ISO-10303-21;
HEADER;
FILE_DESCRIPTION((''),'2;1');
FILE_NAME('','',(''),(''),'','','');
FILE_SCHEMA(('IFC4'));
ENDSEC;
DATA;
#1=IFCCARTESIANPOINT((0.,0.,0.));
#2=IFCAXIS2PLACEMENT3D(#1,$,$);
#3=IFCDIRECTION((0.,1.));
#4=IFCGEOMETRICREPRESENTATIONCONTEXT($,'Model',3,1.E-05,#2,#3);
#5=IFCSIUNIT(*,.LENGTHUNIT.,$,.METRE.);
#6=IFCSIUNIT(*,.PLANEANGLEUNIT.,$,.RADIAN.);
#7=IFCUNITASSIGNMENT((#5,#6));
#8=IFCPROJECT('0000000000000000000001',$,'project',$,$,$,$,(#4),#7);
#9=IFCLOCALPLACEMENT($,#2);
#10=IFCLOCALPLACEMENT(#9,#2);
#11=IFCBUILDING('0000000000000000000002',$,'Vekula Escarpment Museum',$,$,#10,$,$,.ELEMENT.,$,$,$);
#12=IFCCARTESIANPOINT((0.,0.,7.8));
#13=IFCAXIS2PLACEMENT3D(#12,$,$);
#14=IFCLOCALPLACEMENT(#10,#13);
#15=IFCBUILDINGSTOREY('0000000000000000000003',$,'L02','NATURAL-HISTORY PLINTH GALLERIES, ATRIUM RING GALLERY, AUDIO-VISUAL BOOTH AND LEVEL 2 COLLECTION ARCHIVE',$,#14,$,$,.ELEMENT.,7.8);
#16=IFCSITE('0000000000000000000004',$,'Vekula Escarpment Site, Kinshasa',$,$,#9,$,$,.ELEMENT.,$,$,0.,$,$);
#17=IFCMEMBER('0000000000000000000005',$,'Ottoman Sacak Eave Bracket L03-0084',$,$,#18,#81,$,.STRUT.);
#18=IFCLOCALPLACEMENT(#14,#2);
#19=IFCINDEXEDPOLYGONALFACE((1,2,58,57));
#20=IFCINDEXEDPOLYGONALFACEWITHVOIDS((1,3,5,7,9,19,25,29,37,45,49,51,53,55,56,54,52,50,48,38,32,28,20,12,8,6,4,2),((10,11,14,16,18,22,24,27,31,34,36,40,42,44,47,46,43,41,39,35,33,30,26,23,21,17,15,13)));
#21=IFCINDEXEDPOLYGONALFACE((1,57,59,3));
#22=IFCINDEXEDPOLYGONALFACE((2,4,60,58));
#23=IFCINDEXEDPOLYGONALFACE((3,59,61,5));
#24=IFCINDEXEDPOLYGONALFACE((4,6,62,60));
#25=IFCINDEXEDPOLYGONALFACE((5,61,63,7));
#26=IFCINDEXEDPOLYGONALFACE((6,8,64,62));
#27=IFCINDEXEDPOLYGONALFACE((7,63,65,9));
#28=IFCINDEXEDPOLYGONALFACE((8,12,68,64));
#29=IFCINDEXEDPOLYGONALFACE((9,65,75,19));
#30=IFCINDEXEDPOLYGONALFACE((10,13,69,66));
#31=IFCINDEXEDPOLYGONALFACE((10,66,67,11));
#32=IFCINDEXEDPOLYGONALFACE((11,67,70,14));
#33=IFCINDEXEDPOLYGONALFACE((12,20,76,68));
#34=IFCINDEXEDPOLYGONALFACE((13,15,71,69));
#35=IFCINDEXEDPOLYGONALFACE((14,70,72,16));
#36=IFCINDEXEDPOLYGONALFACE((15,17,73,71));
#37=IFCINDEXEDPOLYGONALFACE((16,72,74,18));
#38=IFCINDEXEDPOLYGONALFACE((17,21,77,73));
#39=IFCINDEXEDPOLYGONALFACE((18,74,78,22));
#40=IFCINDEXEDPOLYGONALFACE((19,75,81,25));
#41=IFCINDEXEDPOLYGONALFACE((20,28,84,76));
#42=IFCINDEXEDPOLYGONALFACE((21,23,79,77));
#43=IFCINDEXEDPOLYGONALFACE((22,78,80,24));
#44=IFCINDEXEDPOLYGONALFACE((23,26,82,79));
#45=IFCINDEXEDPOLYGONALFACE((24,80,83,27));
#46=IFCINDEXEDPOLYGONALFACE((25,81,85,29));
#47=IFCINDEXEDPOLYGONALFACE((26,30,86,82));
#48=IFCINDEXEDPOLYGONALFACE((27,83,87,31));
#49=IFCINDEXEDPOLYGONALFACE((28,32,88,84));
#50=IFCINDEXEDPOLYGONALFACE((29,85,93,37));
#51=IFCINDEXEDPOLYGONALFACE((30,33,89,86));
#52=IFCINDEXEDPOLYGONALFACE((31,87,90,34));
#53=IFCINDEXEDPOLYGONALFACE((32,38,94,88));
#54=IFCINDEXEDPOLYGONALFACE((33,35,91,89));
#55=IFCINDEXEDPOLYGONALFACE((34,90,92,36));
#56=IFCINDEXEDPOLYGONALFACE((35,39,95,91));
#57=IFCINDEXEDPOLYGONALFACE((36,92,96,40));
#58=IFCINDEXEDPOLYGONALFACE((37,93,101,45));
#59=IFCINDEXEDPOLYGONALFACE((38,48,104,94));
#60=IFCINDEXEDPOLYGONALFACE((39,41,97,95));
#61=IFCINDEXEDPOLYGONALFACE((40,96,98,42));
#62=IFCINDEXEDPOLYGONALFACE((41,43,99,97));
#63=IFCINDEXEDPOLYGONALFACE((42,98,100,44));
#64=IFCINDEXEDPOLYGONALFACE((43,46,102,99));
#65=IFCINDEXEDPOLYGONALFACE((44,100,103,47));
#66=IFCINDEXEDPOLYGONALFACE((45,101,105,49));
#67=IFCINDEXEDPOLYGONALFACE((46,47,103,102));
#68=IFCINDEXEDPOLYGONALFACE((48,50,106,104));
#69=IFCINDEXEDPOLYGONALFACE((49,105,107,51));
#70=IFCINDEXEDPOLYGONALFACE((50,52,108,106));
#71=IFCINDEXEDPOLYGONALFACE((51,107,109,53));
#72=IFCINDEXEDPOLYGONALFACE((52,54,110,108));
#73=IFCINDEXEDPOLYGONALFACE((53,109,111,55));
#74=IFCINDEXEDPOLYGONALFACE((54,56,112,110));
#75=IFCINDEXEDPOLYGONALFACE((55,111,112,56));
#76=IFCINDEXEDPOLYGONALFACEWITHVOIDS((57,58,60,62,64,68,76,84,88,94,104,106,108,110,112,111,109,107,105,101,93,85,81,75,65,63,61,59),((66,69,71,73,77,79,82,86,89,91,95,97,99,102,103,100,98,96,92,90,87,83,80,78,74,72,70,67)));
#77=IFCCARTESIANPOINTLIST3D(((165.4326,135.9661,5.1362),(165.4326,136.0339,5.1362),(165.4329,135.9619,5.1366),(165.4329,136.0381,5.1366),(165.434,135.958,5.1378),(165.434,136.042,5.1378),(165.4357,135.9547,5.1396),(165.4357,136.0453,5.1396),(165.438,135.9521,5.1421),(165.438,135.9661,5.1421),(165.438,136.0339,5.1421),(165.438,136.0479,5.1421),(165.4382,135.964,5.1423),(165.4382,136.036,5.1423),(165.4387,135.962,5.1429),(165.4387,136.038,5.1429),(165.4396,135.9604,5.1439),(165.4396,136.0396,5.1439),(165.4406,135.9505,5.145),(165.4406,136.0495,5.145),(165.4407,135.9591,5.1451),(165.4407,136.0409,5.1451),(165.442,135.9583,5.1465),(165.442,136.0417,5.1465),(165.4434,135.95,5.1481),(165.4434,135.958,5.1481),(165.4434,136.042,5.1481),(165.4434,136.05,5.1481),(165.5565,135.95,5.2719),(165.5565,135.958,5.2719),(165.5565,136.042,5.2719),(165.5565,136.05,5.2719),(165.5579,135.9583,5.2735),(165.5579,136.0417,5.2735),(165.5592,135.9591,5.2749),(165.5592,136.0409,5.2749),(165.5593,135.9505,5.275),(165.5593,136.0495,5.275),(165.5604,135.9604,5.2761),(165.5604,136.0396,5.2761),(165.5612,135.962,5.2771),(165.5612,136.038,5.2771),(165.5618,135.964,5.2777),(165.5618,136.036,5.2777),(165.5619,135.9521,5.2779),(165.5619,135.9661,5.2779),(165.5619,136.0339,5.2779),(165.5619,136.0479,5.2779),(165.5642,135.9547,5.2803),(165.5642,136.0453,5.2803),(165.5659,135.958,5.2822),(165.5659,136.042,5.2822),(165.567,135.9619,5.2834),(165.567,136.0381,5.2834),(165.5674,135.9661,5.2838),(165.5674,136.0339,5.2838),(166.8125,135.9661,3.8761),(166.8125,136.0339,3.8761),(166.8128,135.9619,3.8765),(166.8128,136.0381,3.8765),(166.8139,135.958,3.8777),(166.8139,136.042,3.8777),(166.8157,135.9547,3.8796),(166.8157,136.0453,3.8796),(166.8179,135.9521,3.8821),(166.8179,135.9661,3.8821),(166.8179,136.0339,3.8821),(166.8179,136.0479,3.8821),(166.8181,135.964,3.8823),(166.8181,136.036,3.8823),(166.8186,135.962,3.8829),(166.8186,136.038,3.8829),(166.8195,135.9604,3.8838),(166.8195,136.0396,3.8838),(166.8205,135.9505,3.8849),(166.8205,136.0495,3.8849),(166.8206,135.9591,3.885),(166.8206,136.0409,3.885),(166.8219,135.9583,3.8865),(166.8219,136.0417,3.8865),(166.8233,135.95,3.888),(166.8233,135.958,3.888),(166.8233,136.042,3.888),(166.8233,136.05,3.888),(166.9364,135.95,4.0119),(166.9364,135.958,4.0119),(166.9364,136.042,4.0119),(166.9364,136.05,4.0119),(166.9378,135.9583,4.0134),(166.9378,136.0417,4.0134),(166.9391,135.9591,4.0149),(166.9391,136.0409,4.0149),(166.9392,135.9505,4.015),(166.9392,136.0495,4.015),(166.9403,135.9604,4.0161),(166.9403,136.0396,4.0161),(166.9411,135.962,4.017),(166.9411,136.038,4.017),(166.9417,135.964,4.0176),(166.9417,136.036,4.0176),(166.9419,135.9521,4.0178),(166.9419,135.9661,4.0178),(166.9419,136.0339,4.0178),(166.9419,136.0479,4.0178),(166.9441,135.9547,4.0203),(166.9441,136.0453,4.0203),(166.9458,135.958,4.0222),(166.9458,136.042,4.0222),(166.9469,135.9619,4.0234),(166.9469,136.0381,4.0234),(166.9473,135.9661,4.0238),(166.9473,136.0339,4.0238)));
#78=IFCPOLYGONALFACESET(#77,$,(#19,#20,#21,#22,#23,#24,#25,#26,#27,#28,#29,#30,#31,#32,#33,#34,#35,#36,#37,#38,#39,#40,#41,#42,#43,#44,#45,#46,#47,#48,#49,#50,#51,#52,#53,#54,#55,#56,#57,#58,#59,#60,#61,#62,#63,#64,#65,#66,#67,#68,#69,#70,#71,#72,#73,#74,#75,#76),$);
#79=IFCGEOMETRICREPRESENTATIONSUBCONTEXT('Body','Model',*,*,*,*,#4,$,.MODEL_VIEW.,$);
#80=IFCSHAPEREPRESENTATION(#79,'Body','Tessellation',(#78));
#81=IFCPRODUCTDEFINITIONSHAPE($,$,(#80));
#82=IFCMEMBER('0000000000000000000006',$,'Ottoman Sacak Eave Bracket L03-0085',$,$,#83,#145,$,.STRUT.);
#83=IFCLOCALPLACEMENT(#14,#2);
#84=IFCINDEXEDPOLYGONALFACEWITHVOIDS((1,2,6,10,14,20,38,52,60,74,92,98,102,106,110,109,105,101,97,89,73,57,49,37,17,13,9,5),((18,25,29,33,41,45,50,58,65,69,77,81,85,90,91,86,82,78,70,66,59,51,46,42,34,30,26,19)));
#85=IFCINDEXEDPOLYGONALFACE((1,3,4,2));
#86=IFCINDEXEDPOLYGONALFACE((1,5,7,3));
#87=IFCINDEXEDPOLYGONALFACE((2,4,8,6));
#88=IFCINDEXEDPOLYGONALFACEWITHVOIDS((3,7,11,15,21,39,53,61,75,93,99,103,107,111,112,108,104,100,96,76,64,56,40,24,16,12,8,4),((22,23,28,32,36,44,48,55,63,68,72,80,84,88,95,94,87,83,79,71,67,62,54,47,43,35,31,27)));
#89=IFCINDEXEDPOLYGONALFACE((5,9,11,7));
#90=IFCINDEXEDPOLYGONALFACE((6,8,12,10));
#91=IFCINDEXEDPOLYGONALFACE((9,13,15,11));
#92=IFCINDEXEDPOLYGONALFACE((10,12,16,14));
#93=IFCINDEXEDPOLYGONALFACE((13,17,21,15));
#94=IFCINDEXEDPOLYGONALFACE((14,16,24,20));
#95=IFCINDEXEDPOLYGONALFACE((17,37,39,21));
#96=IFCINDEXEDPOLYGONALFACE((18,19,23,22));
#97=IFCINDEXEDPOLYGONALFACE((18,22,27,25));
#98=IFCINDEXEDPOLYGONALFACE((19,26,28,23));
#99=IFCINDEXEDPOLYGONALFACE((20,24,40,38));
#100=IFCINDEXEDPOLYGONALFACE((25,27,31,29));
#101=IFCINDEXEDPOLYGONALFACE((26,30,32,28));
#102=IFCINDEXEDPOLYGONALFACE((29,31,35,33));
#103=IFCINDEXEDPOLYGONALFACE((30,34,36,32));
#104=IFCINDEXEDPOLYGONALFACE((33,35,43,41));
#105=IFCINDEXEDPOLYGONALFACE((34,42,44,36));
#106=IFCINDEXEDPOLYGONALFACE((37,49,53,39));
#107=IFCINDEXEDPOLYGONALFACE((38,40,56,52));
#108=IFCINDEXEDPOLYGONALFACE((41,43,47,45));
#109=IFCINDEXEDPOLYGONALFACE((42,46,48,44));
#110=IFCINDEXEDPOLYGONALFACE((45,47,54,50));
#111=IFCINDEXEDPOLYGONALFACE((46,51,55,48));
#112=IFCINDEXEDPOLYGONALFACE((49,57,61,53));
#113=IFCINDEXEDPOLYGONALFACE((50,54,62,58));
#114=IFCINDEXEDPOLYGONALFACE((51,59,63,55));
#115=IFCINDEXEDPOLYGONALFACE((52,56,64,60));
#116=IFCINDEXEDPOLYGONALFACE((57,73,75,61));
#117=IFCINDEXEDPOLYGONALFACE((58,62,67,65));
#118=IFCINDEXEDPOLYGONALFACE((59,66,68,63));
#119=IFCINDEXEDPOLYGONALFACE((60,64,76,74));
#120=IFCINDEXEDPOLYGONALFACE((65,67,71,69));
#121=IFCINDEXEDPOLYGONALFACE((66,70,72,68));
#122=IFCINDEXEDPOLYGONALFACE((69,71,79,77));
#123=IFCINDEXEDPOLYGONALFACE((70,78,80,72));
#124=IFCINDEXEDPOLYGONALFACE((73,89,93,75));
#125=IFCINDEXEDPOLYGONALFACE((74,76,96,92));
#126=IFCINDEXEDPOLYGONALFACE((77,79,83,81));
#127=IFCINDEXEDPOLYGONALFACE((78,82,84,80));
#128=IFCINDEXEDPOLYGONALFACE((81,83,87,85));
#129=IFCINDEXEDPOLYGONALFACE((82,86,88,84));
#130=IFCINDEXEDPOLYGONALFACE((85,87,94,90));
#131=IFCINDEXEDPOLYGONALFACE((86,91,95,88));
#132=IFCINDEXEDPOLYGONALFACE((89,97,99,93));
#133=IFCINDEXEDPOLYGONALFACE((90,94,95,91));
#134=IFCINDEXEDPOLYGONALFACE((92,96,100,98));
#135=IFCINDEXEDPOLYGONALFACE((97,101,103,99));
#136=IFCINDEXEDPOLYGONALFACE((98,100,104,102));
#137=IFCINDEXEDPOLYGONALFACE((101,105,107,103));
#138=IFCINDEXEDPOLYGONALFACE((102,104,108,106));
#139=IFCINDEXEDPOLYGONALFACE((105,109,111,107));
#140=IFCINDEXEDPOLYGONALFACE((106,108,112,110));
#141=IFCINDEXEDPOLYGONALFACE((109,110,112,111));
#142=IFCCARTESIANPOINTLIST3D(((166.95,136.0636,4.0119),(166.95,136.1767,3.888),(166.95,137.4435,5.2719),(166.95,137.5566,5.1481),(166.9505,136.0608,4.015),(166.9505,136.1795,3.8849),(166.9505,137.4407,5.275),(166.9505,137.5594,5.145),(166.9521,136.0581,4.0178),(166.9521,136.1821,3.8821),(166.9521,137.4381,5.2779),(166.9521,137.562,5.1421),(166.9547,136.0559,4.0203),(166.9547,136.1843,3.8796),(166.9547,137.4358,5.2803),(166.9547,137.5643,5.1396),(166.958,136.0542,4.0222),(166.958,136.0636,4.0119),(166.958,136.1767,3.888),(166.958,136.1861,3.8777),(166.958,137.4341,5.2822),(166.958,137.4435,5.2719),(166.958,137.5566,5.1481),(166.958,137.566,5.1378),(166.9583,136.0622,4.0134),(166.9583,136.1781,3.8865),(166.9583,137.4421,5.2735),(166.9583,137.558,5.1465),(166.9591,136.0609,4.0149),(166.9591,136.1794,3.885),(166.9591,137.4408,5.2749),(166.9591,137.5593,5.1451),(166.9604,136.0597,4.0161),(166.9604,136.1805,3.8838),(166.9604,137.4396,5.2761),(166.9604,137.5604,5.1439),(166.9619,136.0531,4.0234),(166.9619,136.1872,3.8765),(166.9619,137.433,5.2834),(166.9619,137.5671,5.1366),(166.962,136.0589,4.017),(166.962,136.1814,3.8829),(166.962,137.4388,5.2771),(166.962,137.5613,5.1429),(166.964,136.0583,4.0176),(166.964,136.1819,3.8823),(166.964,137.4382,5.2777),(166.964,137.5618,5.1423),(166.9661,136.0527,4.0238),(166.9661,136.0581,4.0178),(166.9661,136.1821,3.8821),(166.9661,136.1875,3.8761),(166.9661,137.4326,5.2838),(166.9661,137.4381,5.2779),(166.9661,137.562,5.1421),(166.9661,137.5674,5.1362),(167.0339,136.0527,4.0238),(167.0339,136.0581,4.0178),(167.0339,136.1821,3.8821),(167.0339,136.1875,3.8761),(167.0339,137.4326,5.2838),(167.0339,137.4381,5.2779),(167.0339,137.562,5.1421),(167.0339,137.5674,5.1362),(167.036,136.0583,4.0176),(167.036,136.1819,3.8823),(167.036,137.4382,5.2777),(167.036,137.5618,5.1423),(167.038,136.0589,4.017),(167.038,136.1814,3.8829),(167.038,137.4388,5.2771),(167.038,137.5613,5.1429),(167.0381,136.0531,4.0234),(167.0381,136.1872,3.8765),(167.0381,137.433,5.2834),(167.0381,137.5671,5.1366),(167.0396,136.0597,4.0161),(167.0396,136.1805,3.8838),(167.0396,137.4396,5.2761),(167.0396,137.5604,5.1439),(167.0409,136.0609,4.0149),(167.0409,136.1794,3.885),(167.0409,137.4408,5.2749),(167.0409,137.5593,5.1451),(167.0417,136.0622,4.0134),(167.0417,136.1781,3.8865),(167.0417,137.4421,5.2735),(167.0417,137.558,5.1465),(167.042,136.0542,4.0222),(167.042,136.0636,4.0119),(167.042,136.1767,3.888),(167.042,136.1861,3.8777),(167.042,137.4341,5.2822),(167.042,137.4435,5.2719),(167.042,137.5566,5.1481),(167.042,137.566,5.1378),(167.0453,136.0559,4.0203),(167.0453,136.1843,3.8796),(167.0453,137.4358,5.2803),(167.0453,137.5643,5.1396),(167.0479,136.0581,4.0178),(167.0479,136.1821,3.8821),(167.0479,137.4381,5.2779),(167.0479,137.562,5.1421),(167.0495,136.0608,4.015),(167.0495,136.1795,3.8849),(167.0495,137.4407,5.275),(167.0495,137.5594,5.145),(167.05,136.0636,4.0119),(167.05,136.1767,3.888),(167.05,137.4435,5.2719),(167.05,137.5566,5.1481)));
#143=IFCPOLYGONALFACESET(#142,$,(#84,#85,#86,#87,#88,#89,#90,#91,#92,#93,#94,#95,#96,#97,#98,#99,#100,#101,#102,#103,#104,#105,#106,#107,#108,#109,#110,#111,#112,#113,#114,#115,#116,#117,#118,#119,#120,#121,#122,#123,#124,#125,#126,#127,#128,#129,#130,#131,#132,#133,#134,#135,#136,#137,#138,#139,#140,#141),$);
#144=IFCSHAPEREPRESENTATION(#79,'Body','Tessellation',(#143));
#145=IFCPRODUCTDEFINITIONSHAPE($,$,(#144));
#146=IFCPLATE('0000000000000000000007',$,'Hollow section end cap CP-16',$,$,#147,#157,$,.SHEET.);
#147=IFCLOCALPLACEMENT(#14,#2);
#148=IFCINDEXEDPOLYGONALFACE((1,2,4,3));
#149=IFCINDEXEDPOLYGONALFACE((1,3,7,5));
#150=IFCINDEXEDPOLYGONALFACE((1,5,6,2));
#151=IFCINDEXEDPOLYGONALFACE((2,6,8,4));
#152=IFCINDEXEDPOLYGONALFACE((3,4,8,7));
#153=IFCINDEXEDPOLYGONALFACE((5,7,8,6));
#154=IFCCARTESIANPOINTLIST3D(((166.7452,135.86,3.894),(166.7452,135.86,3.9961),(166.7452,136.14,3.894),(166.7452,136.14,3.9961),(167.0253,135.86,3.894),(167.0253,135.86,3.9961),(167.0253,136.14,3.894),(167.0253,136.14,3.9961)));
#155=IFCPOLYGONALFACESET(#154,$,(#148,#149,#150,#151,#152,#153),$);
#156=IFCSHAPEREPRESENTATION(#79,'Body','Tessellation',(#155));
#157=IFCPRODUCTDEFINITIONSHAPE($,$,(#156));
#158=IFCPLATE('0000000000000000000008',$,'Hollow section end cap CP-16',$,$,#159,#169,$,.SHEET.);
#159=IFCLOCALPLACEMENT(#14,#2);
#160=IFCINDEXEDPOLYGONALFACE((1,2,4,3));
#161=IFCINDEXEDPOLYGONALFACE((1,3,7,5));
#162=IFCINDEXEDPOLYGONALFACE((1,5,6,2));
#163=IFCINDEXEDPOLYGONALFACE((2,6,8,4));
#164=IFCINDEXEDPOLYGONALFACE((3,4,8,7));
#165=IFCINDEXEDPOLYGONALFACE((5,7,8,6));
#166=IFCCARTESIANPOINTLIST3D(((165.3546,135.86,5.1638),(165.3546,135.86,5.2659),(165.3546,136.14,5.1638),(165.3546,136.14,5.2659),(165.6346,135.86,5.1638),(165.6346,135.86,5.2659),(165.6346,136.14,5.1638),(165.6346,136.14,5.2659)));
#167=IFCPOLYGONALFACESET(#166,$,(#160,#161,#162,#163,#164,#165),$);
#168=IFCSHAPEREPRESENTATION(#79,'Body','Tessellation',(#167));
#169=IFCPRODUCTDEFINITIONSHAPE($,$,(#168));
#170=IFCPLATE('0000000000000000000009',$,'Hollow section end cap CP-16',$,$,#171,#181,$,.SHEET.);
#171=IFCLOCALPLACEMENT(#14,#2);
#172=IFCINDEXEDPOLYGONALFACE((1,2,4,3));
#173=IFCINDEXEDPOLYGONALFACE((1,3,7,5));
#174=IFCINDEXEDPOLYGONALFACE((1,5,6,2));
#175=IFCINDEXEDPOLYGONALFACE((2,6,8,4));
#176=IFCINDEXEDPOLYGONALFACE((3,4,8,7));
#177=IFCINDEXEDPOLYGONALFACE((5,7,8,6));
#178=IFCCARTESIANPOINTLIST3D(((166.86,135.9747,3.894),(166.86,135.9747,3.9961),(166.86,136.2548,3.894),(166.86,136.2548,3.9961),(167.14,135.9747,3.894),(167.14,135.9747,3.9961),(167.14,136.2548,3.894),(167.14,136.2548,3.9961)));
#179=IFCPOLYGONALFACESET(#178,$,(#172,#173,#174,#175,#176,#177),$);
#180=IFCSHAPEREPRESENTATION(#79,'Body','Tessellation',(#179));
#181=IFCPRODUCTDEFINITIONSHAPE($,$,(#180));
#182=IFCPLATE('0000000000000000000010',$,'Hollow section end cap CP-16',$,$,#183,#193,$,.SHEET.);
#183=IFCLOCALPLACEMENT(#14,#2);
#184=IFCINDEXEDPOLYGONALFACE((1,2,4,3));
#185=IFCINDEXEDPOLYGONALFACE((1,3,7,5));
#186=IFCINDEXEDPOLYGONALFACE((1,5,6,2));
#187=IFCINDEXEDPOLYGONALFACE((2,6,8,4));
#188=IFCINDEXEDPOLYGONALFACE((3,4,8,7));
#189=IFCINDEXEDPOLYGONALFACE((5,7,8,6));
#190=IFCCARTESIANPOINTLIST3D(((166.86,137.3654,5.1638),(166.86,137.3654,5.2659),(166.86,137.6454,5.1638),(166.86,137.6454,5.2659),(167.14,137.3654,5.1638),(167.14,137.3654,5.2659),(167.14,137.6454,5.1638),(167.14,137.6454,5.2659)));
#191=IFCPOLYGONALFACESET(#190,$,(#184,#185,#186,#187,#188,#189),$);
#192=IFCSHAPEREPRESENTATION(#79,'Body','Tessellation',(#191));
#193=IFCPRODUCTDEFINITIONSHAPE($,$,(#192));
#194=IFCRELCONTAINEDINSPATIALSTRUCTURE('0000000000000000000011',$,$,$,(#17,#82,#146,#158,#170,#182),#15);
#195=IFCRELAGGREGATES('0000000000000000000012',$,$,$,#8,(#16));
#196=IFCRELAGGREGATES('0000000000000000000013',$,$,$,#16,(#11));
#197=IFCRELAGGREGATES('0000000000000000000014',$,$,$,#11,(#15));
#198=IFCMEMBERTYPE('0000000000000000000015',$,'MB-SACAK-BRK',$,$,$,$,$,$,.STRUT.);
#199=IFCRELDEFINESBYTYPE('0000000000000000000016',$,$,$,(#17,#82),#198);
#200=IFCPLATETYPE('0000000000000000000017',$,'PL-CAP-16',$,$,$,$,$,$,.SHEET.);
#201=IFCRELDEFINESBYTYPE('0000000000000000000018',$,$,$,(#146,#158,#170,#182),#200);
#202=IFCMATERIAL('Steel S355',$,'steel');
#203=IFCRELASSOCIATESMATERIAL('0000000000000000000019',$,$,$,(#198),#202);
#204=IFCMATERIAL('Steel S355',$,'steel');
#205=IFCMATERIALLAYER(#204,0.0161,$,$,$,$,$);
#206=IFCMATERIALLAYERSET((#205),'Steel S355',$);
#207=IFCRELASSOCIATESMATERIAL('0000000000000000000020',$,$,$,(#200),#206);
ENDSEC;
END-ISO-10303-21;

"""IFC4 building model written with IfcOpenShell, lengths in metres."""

from ifc_helpers import new_model, si_unit, direction, frame, origin, origin_2d, place, context, subcontext, project, spatial, rectangle, hollow_rectangle, extrude, material, layer, layer_set, material_profile, profile_set, type_object, element, save


model = new_model("IFC4")

# Units and contexts
model_context = context("Model", 3, precision=1e-05, world=origin(), true_north=direction((0.0, 1.0)))
body_context = subcontext(model_context, "Body", "Model", "MODEL_VIEW")
ifc_project = project(units=[si_unit("LENGTHUNIT", "METRE"), si_unit("PLANEANGLEUNIT", "RADIAN")], contexts=[model_context])

# Site, building, storey
site_placement = place(None, origin())
site = spatial("IfcSite", under=ifc_project, at=site_placement, Name="Vekula Escarpment Site, Kinshasa", CompositionType="ELEMENT", RefElevation=0.0)
building_placement = place(site_placement, origin())
building = spatial("IfcBuilding", under=site, at=building_placement, Name="Vekula Escarpment Museum", CompositionType="ELEMENT")
storey_placement = place(building_placement, frame((0.0, 0.0, 7.8)))
storey = spatial("IfcBuildingStorey", under=building, at=storey_placement, Name="L02", Description="NATURAL-HISTORY PLINTH GALLERIES, ATRIUM RING GALLERY, AUDIO-VISUAL BOOTH AND LEVEL 2 COLLECTION ARCHIVE", CompositionType="ELEMENT", Elevation=7.8)

# Members
ifc_material_1 = material(Name="Steel S355", Category="steel")
ifc_material_profile_1 = material_profile(ifc_material_1, hollow_rectangle(XDim=0.1001, YDim=0.2, WallThickness=0.0081, InnerFilletRadius=0.0081, OuterFilletRadius=0.0161, at=origin_2d()), Name="RHS 200x100x8")
ifc_profile_set_1 = profile_set([ifc_material_profile_1], Name="Steel S355")
member_type = type_object("IfcMemberType", Name="MB-SACAK-BRK", PredefinedType="STRUT", material=ifc_profile_set_1)
for number, where, z_axis, x_axis, name in (
    (1, (166.8799, 136.0, 3.95), (-0.738454, 0.0, 0.674303), (0.0, -1.0, 0.0), "Ottoman Sacak Eave Bracket L03-0084"),
    (2, (167.0, 136.1201, 3.95), (0.0, 0.738454, 0.674303), (-1.0, 0.0, 0.0), "Ottoman Sacak Eave Bracket L03-0085"),
):
    element("IfcMember", number, at=place(storey_placement, frame(where, z_axis=z_axis, x_axis=x_axis)), inside=storey, type_object=member_type, Name=name, PredefinedType="STRUT", context=body_context, shape_type="SweptSolid", body=[
        extrude(hollow_rectangle(XDim=0.1001, YDim=0.2, WallThickness=0.0081, InnerFilletRadius=0.0081, OuterFilletRadius=0.0161, at=origin_2d()), origin(), (0.0, 0.0, 1.0), 1.8687),
    ])

# Plates
ifc_material_2 = material(Name="Steel S355", Category="steel")
ifc_layer_1 = layer(ifc_material_2, 0.0161)
ifc_layer_set_1 = layer_set([ifc_layer_1], Name="Steel S355")
plate_type = type_object("IfcPlateType", Name="PL-CAP-16", PredefinedType="SHEET", material=ifc_layer_set_1)
for number, where, z_axis, x_axis, name in (
    (3, (166.8853, 136.0, 3.894), (0.0, 0.0, 1.0), (1.0, 0.0, 0.0), "Hollow section end cap CP-16"),
    (4, (165.4946, 136.0, 5.1638), (0.0, 0.0, 1.0), (1.0, 0.0, 0.0), "Hollow section end cap CP-16"),
    (5, (167.0, 136.1147, 3.894), (0.0, 0.0, 1.0), (1.0, 0.0, 0.0), "Hollow section end cap CP-16"),
    (6, (167.0, 137.5054, 5.1638), (0.0, 0.0, 1.0), (1.0, 0.0, 0.0), "Hollow section end cap CP-16"),
):
    element("IfcPlate", number, at=place(storey_placement, frame(where, z_axis=z_axis, x_axis=x_axis)), inside=storey, type_object=plate_type, Name=name, PredefinedType="SHEET", context=body_context, shape_type="SweptSolid", body=[
        extrude(rectangle(XDim=0.28, YDim=0.28, at=origin_2d()), origin(), (0.0, 0.0, 1.0), 0.1021),
    ])

save(model, "model.ifc")
